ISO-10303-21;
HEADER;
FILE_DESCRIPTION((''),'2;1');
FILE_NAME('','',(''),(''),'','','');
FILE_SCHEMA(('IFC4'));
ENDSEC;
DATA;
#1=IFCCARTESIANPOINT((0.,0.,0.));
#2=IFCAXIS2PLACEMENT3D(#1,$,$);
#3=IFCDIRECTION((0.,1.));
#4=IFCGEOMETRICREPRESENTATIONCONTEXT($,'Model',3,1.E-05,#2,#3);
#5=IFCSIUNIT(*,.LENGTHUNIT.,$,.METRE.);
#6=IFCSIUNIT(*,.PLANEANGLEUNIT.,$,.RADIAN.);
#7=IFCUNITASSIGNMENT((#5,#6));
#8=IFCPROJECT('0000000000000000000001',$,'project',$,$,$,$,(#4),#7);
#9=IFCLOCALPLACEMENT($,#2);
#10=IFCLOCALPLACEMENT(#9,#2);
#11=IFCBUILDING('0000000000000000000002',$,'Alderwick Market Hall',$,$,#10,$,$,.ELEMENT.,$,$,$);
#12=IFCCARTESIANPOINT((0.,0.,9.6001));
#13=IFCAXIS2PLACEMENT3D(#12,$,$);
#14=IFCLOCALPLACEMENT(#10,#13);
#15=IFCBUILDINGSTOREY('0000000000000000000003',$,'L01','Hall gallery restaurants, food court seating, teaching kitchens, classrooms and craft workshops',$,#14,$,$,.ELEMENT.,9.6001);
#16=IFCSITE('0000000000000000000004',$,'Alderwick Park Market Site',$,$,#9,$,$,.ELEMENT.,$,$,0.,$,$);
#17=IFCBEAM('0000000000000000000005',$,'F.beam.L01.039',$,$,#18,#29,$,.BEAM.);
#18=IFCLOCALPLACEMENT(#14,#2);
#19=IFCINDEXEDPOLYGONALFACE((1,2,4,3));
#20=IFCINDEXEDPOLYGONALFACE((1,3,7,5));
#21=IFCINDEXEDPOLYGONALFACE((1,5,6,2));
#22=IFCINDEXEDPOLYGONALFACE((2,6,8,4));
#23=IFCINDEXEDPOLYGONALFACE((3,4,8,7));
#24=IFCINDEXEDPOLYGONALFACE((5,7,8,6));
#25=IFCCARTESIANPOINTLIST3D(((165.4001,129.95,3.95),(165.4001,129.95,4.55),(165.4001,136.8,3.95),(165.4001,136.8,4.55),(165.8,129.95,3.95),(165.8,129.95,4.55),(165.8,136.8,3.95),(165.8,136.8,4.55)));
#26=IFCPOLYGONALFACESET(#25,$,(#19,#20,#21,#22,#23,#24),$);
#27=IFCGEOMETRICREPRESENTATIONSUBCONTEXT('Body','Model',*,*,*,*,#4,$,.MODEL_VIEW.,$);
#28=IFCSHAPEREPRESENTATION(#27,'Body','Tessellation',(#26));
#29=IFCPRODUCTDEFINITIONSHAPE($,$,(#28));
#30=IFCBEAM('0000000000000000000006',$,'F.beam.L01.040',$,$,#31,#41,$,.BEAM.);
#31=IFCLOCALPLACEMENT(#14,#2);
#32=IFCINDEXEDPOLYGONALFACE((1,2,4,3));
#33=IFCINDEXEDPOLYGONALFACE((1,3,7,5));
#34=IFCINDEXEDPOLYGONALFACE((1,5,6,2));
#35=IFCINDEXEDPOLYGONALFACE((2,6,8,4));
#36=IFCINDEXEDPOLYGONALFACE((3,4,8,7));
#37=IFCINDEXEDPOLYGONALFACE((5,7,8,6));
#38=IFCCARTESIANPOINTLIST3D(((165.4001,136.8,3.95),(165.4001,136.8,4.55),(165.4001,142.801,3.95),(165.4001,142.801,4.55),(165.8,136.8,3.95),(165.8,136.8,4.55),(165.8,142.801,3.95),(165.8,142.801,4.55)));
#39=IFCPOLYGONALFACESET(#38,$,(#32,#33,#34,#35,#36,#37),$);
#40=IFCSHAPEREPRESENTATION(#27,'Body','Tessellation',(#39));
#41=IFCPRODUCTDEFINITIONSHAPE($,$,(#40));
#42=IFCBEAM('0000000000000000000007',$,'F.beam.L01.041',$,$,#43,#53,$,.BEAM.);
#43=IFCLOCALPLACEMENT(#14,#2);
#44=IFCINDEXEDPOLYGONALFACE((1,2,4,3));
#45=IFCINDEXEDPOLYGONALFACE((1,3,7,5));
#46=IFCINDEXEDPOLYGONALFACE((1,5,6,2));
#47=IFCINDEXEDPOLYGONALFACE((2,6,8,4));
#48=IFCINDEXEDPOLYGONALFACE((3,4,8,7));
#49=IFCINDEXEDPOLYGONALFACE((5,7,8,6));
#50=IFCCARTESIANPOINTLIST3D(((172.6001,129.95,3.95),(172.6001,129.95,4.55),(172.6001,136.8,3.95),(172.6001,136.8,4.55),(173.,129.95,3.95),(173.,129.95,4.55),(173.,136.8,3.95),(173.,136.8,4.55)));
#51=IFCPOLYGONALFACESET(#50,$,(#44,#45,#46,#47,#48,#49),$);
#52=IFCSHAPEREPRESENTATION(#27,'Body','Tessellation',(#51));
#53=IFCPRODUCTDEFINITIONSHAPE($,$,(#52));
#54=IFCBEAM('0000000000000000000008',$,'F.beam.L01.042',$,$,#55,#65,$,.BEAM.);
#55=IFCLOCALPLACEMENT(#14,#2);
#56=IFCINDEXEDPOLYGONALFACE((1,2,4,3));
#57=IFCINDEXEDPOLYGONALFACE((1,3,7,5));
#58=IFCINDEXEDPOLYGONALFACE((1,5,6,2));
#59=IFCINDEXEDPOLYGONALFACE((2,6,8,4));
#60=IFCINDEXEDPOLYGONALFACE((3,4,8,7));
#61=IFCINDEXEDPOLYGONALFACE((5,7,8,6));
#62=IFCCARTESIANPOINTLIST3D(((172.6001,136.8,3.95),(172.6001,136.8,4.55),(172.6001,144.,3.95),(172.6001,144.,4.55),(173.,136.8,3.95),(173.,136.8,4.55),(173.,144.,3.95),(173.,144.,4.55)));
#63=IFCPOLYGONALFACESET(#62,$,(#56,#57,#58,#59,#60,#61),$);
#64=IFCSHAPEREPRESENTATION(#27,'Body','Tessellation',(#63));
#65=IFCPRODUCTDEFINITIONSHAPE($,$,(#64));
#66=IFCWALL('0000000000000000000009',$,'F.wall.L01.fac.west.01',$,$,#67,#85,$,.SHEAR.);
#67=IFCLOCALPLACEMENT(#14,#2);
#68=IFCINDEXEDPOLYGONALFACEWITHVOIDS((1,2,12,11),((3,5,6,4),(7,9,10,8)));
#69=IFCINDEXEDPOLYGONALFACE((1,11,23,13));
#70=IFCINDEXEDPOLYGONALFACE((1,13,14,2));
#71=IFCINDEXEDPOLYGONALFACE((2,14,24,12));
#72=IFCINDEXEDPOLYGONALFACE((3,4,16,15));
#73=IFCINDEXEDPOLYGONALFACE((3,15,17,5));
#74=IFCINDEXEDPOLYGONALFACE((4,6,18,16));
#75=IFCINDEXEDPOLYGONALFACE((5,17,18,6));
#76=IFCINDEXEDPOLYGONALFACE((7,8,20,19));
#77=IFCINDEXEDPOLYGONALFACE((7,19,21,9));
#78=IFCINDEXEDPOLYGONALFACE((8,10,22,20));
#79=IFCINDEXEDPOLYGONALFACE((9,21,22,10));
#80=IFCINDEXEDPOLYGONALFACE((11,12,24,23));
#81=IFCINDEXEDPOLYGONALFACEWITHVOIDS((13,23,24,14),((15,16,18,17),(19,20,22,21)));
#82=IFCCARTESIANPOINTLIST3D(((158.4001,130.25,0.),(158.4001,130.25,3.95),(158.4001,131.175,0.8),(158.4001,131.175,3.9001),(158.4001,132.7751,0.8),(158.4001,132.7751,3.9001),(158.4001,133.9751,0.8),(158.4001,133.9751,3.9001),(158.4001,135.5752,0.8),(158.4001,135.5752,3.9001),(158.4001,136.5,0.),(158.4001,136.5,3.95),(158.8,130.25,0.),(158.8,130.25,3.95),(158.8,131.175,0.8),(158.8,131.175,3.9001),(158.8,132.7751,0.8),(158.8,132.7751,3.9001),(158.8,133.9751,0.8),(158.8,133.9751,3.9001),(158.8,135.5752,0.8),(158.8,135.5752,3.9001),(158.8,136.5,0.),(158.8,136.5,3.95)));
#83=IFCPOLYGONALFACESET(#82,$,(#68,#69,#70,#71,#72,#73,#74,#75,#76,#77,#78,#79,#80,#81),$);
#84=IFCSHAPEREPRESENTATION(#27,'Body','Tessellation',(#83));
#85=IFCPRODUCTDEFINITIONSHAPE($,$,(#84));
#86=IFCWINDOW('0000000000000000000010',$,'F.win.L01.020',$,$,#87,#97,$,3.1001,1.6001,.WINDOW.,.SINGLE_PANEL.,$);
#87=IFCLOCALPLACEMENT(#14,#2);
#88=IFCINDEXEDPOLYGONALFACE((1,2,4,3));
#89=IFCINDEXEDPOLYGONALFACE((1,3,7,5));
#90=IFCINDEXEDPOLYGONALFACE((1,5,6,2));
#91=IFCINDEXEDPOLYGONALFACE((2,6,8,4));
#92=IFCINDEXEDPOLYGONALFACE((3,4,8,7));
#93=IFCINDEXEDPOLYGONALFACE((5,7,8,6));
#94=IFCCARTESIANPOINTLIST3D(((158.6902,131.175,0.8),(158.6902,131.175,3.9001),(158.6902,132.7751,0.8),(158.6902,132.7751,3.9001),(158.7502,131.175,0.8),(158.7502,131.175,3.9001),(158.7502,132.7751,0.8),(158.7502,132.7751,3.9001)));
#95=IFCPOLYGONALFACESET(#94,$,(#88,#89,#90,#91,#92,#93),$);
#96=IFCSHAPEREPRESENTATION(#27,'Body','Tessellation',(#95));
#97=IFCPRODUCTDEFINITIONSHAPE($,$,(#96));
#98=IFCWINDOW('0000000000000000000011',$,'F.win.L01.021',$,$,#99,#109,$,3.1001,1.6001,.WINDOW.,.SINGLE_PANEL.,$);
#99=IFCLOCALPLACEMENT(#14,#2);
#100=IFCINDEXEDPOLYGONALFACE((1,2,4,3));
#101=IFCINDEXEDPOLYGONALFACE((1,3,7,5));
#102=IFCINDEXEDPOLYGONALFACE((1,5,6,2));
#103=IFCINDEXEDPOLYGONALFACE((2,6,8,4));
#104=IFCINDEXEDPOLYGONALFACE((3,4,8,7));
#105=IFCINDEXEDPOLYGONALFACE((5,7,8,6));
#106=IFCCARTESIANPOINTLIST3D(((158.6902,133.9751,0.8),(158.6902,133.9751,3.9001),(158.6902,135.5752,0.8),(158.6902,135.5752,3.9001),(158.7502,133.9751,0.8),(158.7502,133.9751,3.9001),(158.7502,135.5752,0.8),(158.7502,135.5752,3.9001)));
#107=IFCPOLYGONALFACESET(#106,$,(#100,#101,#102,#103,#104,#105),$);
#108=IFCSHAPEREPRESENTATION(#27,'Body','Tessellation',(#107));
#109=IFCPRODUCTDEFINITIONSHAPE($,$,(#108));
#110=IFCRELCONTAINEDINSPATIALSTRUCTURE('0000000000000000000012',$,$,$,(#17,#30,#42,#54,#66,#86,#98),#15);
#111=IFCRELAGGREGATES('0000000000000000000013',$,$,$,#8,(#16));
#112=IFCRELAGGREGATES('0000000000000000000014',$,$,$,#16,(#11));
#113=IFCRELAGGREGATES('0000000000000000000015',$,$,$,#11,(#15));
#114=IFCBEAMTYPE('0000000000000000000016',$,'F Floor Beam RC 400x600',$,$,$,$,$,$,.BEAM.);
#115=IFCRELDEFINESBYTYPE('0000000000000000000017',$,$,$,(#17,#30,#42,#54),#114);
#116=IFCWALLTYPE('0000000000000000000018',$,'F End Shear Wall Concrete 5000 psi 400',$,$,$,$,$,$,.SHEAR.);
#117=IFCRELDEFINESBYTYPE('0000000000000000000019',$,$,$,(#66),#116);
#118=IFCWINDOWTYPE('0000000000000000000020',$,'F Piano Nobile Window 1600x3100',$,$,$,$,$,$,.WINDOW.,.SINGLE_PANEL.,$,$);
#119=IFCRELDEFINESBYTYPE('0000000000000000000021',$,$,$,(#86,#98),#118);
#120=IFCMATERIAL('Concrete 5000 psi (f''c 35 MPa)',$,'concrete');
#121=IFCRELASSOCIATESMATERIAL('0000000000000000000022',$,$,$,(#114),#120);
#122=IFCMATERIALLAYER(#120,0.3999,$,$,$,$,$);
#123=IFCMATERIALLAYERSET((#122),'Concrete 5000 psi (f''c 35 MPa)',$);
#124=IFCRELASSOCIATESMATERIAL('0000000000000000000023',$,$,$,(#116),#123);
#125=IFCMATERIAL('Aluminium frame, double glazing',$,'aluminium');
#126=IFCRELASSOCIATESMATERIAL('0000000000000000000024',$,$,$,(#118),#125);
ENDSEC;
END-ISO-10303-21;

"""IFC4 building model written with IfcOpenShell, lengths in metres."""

from ifc_helpers import new_model, si_unit, direction, frame, frame_2d, origin, origin_2d, place, context, subcontext, project, spatial, rectangle, extrude, material, layer, layer_set, material_profile, profile_set, type_object, element, fill, save


model = new_model("IFC4")

# Units and contexts
model_context = context("Model", 3, precision=1e-05, world=origin(), true_north=direction((0.0, 1.0)))
body_context = subcontext(model_context, "Body", "Model", "MODEL_VIEW")
ifc_project = project(units=[si_unit("LENGTHUNIT", "METRE"), si_unit("PLANEANGLEUNIT", "RADIAN")], contexts=[model_context])

# Site, building, storey
site_placement = place(None, origin())
site = spatial("IfcSite", under=ifc_project, at=site_placement, Name="Alderwick Park Market Site", CompositionType="ELEMENT", RefElevation=0.0)
building_placement = place(site_placement, origin())
building = spatial("IfcBuilding", under=site, at=building_placement, Name="Alderwick Market Hall", CompositionType="ELEMENT")
storey_placement = place(building_placement, frame((0.0, 0.0, 9.6001)))
storey = spatial("IfcBuildingStorey", under=building, at=storey_placement, Name="L01", Description="Hall gallery restaurants, food court seating, teaching kitchens, classrooms and craft workshops", CompositionType="ELEMENT", Elevation=9.6001)

# Shared definitions
ifc_material_1 = material(Name="Concrete 5000 psi (f'c 35 MPa)", Category="concrete")

# Beams
ifc_material_profile_1 = material_profile(ifc_material_1, rectangle(XDim=0.3999, YDim=0.6001, at=origin_2d()), Name="RC 400x600")
ifc_profile_set_1 = profile_set([ifc_material_profile_1], Name="Concrete 5000 psi (f'c 35 MPa)")
beam_type = type_object("IfcBeamType", Name="F Floor Beam RC 400x600", PredefinedType="BEAM", material=ifc_profile_set_1)
beam_1_placement = place(storey_placement, frame((165.6001, 129.95, 4.25), z_axis=(0.0, 1.0, 0.0), x_axis=(-1.0, 0.0, 0.0)))
element("IfcBeam", 1, at=beam_1_placement, inside=storey, type_object=beam_type, Name="F.beam.L01.039", PredefinedType="BEAM", context=body_context, shape_type="SweptSolid", body=[
    extrude(rectangle(XDim=0.3999, YDim=0.6001, at=origin_2d()), origin(), (0.0, 0.0, 1.0), 6.8501),
])
beam_2_placement = place(storey_placement, frame((165.6001, 136.8, 4.25), z_axis=(0.0, 1.0, 0.0), x_axis=(-1.0, 0.0, 0.0)))
element("IfcBeam", 2, at=beam_2_placement, inside=storey, type_object=beam_type, Name="F.beam.L01.040", PredefinedType="BEAM", context=body_context, shape_type="SweptSolid", body=[
    extrude(rectangle(XDim=0.3999, YDim=0.6001, at=origin_2d()), origin(), (0.0, 0.0, 1.0), 6.001),
])
beam_3_placement = place(storey_placement, frame((172.8, 129.95, 4.25), z_axis=(0.0, 1.0, 0.0), x_axis=(-1.0, 0.0, 0.0)))
element("IfcBeam", 3, at=beam_3_placement, inside=storey, type_object=beam_type, Name="F.beam.L01.041", PredefinedType="BEAM", context=body_context, shape_type="SweptSolid", body=[
    extrude(rectangle(XDim=0.3999, YDim=0.6001, at=origin_2d()), origin(), (0.0, 0.0, 1.0), 6.8501),
])
beam_4_placement = place(storey_placement, frame((172.8, 136.8, 4.25), z_axis=(0.0, 1.0, 0.0), x_axis=(-1.0, 0.0, 0.0)))
element("IfcBeam", 4, at=beam_4_placement, inside=storey, type_object=beam_type, Name="F.beam.L01.042", PredefinedType="BEAM", context=body_context, shape_type="SweptSolid", body=[
    extrude(rectangle(XDim=0.3999, YDim=0.6001, at=origin_2d()), origin(), (0.0, 0.0, 1.0), 7.2),
])

# Wall, openings, windows
ifc_layer = layer(ifc_material_1, 0.3999)
ifc_layer_set = layer_set([ifc_layer], Name="Concrete 5000 psi (f'c 35 MPa)")
wall_type = type_object("IfcWallType", Name="F End Shear Wall Concrete 5000 psi 400", PredefinedType="SHEAR", material=ifc_layer_set)
wall_placement = place(storey_placement, frame((158.6001, 130.25, 0.0), z_axis=(0.0, 0.0, 1.0), x_axis=(0.0, 1.0, 0.0)))
wall = element("IfcWall", 5, at=wall_placement, inside=storey, type_object=wall_type, Name="F.wall.L01.fac.west.01", PredefinedType="SHEAR", context=body_context, shape_type="SweptSolid", body=[
    extrude(rectangle(XDim=6.25, YDim=0.3999, at=frame_2d((3.125, 0.0))), origin(), (0.0, 0.0, 1.0), 3.95),
])
opening_1_placement = place(wall_placement, frame((0.925, 0.0, 0.8)))
opening_1 = element("IfcOpeningElement", 6, at=opening_1_placement, cuts=wall, PredefinedType="OPENING", context=body_context, shape_type="SweptSolid", body=[
    extrude(rectangle(XDim=1.6001, YDim=3.1001, at=frame_2d((0.8, 1.55))), frame((0.0, 0.21, 0.0), z_axis=(0.0, -1.0, 0.0), x_axis=(1.0, 0.0, 0.0)), (0.0, 0.0, 1.0), 0.4199),
])
opening_2_placement = place(wall_placement, frame((3.7251, 0.0, 0.8)))
opening_2 = element("IfcOpeningElement", 7, at=opening_2_placement, cuts=wall, PredefinedType="OPENING", context=body_context, shape_type="SweptSolid", body=[
    extrude(rectangle(XDim=1.6001, YDim=3.1001, at=frame_2d((0.8, 1.55))), frame((0.0, 0.21, 0.0), z_axis=(0.0, -1.0, 0.0), x_axis=(1.0, 0.0, 0.0)), (0.0, 0.0, 1.0), 0.4199),
])
ifc_material_2 = material(Name="Aluminium frame, double glazing", Category="aluminium")
window_type = type_object("IfcWindowType", Name="F Piano Nobile Window 1600x3100", PartitioningType="SINGLE_PANEL", PredefinedType="WINDOW", material=ifc_material_2)
window_1_placement = place(opening_1_placement, origin())
window_1 = element("IfcWindow", 8, at=window_1_placement, inside=storey, type_object=window_type, Name="F.win.L01.020", OverallHeight=3.1001, OverallWidth=1.6001, PartitioningType="SINGLE_PANEL", PredefinedType="WINDOW", context=body_context, shape_type="SweptSolid", body=[
    extrude(rectangle(XDim=1.6001, YDim=3.1001, at=frame_2d((0.8, 1.55))), frame((0.0, -0.0901, 0.0), z_axis=(0.0, -1.0, 0.0), x_axis=(1.0, 0.0, 0.0)), (0.0, 0.0, 1.0), 0.0601),
])
fill(opening_1, window_1)
window_2_placement = place(opening_2_placement, origin())
window_2 = element("IfcWindow", 9, at=window_2_placement, inside=storey, type_object=window_type, Name="F.win.L01.021", OverallHeight=3.1001, OverallWidth=1.6001, PartitioningType="SINGLE_PANEL", PredefinedType="WINDOW", context=body_context, shape_type="SweptSolid", body=[
    extrude(rectangle(XDim=1.6001, YDim=3.1001, at=frame_2d((0.8, 1.55))), frame((0.0, -0.0901, 0.0), z_axis=(0.0, -1.0, 0.0), x_axis=(1.0, 0.0, 0.0)), (0.0, 0.0, 1.0), 0.0601),
])
fill(opening_2, window_2)

save(model, "model.ifc")
